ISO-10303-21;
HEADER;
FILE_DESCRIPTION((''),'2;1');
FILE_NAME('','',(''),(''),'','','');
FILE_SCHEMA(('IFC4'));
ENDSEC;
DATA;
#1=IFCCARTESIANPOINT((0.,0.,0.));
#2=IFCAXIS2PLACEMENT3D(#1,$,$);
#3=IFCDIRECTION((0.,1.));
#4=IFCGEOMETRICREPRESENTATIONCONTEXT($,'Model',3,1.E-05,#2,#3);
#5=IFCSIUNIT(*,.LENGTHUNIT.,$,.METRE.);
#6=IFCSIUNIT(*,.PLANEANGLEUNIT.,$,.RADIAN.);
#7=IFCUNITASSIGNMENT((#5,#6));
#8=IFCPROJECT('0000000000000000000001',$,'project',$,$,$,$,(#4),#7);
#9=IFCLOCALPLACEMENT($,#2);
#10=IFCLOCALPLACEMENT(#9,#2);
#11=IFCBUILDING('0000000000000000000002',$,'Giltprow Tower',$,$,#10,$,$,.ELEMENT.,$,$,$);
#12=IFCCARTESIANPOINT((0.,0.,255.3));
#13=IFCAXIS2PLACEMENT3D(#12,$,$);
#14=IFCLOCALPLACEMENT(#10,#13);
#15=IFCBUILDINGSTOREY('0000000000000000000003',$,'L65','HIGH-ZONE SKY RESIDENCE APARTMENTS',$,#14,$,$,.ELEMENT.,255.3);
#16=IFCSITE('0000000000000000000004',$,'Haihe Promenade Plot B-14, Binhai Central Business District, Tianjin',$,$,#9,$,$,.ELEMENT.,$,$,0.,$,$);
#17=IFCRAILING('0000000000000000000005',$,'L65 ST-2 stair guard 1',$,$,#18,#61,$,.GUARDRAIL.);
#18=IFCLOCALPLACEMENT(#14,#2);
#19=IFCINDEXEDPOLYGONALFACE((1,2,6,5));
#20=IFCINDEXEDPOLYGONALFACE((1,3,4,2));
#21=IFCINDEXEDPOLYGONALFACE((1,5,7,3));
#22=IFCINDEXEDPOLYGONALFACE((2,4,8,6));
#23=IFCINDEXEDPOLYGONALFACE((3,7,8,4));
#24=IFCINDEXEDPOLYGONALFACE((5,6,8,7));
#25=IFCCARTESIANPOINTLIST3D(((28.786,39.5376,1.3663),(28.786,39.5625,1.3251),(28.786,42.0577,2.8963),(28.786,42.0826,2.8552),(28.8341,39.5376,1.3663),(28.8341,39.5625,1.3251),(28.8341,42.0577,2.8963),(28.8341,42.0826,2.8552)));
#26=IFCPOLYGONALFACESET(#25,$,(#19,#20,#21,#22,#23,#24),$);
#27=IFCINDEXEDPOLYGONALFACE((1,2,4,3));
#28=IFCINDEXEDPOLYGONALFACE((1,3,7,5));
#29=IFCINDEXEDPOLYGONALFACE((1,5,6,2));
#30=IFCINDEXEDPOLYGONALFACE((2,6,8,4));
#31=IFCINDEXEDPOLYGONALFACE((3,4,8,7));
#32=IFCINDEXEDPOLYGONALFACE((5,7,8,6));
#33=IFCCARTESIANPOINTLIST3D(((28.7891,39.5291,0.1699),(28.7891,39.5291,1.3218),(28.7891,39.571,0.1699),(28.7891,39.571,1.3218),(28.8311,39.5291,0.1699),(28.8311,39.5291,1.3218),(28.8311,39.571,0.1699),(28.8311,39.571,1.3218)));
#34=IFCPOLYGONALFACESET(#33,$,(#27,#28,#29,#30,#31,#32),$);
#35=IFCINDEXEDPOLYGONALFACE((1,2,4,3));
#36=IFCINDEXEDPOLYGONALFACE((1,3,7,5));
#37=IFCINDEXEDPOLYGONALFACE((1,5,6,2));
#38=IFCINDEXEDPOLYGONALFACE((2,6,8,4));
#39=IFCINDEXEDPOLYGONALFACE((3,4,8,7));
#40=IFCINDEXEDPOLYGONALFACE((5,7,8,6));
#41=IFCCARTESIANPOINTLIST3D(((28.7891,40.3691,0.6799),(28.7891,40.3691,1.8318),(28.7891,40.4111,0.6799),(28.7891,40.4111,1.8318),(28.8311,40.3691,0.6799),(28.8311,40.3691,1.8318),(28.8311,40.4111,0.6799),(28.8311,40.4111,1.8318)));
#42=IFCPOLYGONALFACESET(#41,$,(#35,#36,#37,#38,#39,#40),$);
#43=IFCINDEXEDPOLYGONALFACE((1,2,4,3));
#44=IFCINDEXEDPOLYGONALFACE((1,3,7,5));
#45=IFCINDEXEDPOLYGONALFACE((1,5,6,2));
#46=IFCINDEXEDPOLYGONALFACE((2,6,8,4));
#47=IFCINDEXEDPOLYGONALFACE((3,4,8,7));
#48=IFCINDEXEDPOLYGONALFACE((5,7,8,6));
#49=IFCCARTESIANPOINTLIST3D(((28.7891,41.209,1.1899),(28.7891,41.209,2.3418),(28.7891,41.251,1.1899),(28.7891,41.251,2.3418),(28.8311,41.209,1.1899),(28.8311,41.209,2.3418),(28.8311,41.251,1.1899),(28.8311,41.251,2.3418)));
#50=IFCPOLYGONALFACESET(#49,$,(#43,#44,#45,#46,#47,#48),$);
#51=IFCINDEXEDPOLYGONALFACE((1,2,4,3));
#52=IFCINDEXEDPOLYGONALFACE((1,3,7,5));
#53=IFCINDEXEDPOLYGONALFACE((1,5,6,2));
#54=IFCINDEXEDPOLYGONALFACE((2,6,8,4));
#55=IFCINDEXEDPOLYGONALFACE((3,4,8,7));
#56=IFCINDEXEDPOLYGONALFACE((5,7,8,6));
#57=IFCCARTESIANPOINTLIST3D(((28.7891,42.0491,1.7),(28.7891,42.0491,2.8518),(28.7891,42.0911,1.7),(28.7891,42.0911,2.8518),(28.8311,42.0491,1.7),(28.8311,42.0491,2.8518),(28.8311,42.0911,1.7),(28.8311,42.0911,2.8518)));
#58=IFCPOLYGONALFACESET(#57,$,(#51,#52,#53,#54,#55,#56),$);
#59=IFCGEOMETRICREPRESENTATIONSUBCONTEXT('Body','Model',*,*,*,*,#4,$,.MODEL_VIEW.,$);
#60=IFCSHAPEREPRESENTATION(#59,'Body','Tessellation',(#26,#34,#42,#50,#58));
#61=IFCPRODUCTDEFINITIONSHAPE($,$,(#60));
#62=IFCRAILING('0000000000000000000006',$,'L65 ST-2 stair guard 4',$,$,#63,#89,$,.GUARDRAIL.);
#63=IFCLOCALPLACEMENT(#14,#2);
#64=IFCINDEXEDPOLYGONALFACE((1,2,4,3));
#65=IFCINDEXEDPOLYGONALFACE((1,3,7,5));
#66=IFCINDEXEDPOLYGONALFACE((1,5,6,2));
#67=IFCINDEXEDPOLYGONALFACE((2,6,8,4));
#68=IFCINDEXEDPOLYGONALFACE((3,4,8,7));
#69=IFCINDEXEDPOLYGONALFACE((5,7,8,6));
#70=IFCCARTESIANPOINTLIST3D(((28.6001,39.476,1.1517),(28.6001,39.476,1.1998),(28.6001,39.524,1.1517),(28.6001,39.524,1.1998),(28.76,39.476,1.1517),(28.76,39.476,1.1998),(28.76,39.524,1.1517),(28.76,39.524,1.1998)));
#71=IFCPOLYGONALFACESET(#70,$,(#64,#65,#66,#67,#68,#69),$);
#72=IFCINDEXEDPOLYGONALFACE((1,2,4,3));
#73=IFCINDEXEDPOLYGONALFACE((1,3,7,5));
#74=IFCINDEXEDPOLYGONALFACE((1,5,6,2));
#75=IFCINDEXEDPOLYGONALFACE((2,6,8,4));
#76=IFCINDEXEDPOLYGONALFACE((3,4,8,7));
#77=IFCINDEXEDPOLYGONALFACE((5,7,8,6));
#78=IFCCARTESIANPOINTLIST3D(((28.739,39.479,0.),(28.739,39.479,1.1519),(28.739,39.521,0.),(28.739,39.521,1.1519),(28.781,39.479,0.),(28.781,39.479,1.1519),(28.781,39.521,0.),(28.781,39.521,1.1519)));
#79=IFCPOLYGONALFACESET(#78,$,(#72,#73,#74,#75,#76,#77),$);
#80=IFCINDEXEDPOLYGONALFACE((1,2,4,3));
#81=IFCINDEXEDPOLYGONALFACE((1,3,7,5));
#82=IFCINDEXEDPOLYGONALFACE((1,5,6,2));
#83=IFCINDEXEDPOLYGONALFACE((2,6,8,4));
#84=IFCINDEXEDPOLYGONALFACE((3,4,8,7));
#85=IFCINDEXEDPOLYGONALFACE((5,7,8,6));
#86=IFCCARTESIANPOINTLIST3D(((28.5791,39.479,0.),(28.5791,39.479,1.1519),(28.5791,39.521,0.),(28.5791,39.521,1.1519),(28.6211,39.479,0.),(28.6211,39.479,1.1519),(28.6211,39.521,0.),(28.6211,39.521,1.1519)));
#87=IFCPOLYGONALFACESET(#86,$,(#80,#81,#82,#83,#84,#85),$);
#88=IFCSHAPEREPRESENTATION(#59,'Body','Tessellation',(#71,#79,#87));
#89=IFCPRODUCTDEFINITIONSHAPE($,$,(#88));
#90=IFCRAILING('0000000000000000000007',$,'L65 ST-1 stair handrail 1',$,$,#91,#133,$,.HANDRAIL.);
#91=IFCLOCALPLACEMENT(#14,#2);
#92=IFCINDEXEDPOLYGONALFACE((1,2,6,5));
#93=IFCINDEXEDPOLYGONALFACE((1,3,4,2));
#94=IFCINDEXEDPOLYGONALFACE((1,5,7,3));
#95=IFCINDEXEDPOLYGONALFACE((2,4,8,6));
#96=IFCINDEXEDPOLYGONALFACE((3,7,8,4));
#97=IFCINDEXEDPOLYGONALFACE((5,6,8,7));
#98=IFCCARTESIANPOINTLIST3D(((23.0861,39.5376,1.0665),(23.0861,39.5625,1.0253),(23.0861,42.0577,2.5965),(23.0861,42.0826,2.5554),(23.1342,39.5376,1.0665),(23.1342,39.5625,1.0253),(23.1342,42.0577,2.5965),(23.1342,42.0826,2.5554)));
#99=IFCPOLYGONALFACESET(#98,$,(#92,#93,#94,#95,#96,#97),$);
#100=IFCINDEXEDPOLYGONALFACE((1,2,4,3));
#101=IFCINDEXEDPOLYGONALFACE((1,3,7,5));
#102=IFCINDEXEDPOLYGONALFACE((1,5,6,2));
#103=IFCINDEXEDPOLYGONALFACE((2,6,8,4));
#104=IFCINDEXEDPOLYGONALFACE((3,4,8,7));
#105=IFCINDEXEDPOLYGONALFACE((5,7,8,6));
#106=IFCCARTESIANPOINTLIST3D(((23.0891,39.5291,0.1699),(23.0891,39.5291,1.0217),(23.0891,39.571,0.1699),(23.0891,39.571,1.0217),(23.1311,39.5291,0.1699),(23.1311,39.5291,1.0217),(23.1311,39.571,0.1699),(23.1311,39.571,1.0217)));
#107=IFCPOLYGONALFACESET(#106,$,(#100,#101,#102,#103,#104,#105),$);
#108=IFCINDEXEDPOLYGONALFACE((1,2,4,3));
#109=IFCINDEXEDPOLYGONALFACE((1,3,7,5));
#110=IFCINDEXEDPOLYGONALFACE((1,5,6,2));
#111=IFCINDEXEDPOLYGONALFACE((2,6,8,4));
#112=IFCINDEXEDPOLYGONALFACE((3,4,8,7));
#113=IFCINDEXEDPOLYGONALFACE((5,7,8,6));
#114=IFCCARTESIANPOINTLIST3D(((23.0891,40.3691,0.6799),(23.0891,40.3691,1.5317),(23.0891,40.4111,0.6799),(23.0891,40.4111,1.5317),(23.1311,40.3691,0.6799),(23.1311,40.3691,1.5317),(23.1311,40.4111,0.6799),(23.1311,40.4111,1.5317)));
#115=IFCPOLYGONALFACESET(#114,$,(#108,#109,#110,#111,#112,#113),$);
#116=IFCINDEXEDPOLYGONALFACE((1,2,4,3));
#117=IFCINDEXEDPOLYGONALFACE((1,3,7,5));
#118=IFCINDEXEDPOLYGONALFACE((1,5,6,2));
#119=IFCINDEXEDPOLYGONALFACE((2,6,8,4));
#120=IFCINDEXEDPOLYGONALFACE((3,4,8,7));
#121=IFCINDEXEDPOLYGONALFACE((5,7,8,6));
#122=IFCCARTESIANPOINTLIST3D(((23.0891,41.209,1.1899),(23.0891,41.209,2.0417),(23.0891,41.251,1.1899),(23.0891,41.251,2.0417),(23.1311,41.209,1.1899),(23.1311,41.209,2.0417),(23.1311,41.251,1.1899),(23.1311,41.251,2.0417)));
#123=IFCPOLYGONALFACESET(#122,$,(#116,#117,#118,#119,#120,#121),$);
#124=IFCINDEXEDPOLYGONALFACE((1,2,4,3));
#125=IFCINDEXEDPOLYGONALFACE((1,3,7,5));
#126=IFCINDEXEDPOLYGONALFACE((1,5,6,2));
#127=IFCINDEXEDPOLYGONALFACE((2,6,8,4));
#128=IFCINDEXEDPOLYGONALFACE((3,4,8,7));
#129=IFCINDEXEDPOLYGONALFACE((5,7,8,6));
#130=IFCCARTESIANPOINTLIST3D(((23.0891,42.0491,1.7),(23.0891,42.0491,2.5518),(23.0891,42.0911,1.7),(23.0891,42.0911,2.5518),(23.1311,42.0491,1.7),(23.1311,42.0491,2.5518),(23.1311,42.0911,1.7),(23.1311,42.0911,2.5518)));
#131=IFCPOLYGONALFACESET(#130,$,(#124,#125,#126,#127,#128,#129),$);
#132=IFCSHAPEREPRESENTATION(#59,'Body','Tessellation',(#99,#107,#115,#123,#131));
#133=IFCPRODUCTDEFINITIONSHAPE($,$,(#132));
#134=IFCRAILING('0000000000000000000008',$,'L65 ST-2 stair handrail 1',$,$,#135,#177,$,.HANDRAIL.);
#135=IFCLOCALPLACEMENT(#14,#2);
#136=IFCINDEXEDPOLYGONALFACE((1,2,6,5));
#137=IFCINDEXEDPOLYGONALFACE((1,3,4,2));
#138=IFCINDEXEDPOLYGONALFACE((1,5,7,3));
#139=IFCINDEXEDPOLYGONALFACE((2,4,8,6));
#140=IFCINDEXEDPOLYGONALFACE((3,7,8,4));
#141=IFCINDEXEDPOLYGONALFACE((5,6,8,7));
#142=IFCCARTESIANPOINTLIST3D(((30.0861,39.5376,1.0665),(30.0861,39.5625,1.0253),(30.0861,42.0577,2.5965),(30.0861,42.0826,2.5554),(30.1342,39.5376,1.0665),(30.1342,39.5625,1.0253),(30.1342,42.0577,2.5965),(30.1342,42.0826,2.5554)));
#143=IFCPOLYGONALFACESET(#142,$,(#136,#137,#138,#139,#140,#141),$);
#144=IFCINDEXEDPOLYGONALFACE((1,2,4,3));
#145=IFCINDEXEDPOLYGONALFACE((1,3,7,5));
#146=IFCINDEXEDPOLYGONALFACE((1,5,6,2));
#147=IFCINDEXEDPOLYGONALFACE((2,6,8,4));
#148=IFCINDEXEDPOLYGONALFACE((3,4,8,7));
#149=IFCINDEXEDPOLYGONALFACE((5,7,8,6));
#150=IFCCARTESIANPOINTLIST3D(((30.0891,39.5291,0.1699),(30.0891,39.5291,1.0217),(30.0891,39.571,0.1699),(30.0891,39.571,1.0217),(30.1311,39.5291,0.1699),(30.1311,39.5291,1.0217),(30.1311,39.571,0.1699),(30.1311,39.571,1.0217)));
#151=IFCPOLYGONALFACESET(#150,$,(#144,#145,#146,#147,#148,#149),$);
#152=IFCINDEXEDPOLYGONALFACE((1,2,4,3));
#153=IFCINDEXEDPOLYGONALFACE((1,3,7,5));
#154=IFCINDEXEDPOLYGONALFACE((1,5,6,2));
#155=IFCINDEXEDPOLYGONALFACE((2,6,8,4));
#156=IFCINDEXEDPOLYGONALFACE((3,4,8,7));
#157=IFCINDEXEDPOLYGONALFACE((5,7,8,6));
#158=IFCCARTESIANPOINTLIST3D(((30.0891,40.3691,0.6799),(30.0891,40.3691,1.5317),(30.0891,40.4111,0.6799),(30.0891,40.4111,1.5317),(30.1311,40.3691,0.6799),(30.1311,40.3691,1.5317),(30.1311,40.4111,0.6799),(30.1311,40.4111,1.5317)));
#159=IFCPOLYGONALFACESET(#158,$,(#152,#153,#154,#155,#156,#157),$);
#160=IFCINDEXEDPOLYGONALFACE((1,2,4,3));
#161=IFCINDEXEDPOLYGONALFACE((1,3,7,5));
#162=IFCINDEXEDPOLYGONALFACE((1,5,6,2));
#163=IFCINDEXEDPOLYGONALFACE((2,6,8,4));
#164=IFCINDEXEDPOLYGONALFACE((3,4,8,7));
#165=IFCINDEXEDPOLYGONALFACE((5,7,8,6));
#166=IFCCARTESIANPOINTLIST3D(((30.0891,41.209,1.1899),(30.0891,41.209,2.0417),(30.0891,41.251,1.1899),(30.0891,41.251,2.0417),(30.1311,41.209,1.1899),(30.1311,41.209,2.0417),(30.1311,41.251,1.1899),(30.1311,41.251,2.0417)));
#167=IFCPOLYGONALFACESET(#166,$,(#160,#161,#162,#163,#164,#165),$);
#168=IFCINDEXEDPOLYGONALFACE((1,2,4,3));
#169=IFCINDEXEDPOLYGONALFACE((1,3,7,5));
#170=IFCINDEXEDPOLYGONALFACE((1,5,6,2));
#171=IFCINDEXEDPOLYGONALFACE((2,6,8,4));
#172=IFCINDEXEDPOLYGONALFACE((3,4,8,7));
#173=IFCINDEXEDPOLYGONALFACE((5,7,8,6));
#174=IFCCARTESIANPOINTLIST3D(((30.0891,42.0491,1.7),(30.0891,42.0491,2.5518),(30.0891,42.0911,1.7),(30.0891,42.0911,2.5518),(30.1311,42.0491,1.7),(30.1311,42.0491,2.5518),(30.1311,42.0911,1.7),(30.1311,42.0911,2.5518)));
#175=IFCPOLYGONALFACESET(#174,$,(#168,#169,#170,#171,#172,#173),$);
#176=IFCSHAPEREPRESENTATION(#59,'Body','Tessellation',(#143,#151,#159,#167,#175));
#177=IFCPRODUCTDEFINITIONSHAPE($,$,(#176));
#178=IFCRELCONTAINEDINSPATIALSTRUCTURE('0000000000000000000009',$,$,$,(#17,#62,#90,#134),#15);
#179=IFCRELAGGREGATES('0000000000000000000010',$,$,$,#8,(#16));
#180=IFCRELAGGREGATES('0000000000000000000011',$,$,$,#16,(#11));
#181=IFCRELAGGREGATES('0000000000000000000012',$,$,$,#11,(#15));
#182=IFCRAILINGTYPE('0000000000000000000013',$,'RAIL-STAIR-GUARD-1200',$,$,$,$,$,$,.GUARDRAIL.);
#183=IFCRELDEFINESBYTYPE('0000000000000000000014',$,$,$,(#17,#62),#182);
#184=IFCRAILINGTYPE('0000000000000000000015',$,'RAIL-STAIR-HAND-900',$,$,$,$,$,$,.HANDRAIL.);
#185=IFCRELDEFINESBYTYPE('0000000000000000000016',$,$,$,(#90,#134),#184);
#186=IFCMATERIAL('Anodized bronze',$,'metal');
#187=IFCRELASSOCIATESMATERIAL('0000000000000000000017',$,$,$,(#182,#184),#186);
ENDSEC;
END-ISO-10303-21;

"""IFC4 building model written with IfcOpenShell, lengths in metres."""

from ifc_helpers import new_model, si_unit, direction, frame, origin, origin_2d, place, context, subcontext, project, spatial, rectangle, extrude, material, type_object, element, save


model = new_model("IFC4")

# Units and contexts
model_context = context("Model", 3, precision=1e-05, world=origin(), true_north=direction((0.0, 1.0)))
body_context = subcontext(model_context, "Body", "Model", "MODEL_VIEW")
ifc_project = project(units=[si_unit("LENGTHUNIT", "METRE"), si_unit("PLANEANGLEUNIT", "RADIAN")], contexts=[model_context])

# Site, building, storey
site_placement = place(None, origin())
site = spatial("IfcSite", under=ifc_project, at=site_placement, Name="Haihe Promenade Plot B-14, Binhai Central Business District, Tianjin", CompositionType="ELEMENT", RefElevation=0.0)
building_placement = place(site_placement, origin())
building = spatial("IfcBuilding", under=site, at=building_placement, Name="Giltprow Tower", CompositionType="ELEMENT")
storey_placement = place(building_placement, frame((0.0, 0.0, 255.3)))
storey = spatial("IfcBuildingStorey", under=building, at=storey_placement, Name="L65", Description="HIGH-ZONE SKY RESIDENCE APARTMENTS", CompositionType="ELEMENT", Elevation=255.3)

# Railings
ifc_material_1 = material(Name="Anodized bronze", Category="metal")
railing_type_1 = type_object("IfcRailingType", Name="RAIL-STAIR-GUARD-1200", PredefinedType="GUARDRAIL", material=ifc_material_1)
railing_1_placement = place(storey_placement, frame((28.8101, 39.55, 0.1699)))
element("IfcRailing", 1, at=railing_1_placement, inside=storey, type_object=railing_type_1, Name="L65 ST-2 stair guard 1", PredefinedType="GUARDRAIL", context=body_context, shape_type="SweptSolid", body=[
    extrude(rectangle(XDim=0.0481, YDim=0.0481, at=origin_2d()), frame((0.0, 0.0, 1.1758), z_axis=(0.0, 0.854785, 0.518982), x_axis=(-1.0, 0.0, 0.0)), (0.0, 0.0, 1.0), 2.9482),
    extrude(rectangle(XDim=0.042, YDim=0.042, at=origin_2d()), origin(), (0.0, 0.0, 1.0), 1.1519),
    extrude(rectangle(XDim=0.042, YDim=0.042, at=origin_2d()), frame((0.0, 0.8401, 0.51)), (0.0, 0.0, 1.0), 1.1519),
    extrude(rectangle(XDim=0.042, YDim=0.042, at=origin_2d()), frame((0.0, 1.6799, 1.02)), (0.0, 0.0, 1.0), 1.1519),
    extrude(rectangle(XDim=0.042, YDim=0.042, at=origin_2d()), frame((0.0, 2.52, 1.53)), (0.0, 0.0, 1.0), 1.1519),
])
railing_2_placement = place(storey_placement, frame((28.76, 39.5, 0.0)))
element("IfcRailing", 2, at=railing_2_placement, inside=storey, type_object=railing_type_1, Name="L65 ST-2 stair guard 4", PredefinedType="GUARDRAIL", context=body_context, shape_type="SweptSolid", body=[
    extrude(rectangle(XDim=0.0481, YDim=0.0481, at=origin_2d()), frame((0.0, 0.0, 1.1758), z_axis=(-1.0, 0.0, 0.0), x_axis=(0.0, -1.0, 0.0)), (0.0, 0.0, 1.0), 0.1599),
    extrude(rectangle(XDim=0.042, YDim=0.042, at=origin_2d()), origin(), (0.0, 0.0, 1.0), 1.1519),
    extrude(rectangle(XDim=0.042, YDim=0.042, at=origin_2d()), frame((-0.1599, 0.0, 0.0)), (0.0, 0.0, 1.0), 1.1519),
])
railing_type_2 = type_object("IfcRailingType", Name="RAIL-STAIR-HAND-900", PredefinedType="HANDRAIL", material=ifc_material_1)
for number, where, name in (
    (3, (23.1101, 39.55, 0.1699), "L65 ST-1 stair handrail 1"),
    (4, (30.1101, 39.55, 0.1699), "L65 ST-2 stair handrail 1"),
):
    element("IfcRailing", number, at=place(storey_placement, frame(where)), inside=storey, type_object=railing_type_2, Name=name, PredefinedType="HANDRAIL", context=body_context, shape_type="SweptSolid", body=[
        extrude(rectangle(XDim=0.0481, YDim=0.0481, at=origin_2d()), frame((0.0, 0.0, 0.876), z_axis=(0.0, 0.854785, 0.518982), x_axis=(-1.0, 0.0, 0.0)), (0.0, 0.0, 1.0), 2.9482),
        extrude(rectangle(XDim=0.042, YDim=0.042, at=origin_2d()), origin(), (0.0, 0.0, 1.0), 0.8518),
        extrude(rectangle(XDim=0.042, YDim=0.042, at=origin_2d()), frame((0.0, 0.8401, 0.51)), (0.0, 0.0, 1.0), 0.8518),
        extrude(rectangle(XDim=0.042, YDim=0.042, at=origin_2d()), frame((0.0, 1.6799, 1.02)), (0.0, 0.0, 1.0), 0.8518),
        extrude(rectangle(XDim=0.042, YDim=0.042, at=origin_2d()), frame((0.0, 2.52, 1.53)), (0.0, 0.0, 1.0), 0.8518),
    ])

save(model, "model.ifc")
